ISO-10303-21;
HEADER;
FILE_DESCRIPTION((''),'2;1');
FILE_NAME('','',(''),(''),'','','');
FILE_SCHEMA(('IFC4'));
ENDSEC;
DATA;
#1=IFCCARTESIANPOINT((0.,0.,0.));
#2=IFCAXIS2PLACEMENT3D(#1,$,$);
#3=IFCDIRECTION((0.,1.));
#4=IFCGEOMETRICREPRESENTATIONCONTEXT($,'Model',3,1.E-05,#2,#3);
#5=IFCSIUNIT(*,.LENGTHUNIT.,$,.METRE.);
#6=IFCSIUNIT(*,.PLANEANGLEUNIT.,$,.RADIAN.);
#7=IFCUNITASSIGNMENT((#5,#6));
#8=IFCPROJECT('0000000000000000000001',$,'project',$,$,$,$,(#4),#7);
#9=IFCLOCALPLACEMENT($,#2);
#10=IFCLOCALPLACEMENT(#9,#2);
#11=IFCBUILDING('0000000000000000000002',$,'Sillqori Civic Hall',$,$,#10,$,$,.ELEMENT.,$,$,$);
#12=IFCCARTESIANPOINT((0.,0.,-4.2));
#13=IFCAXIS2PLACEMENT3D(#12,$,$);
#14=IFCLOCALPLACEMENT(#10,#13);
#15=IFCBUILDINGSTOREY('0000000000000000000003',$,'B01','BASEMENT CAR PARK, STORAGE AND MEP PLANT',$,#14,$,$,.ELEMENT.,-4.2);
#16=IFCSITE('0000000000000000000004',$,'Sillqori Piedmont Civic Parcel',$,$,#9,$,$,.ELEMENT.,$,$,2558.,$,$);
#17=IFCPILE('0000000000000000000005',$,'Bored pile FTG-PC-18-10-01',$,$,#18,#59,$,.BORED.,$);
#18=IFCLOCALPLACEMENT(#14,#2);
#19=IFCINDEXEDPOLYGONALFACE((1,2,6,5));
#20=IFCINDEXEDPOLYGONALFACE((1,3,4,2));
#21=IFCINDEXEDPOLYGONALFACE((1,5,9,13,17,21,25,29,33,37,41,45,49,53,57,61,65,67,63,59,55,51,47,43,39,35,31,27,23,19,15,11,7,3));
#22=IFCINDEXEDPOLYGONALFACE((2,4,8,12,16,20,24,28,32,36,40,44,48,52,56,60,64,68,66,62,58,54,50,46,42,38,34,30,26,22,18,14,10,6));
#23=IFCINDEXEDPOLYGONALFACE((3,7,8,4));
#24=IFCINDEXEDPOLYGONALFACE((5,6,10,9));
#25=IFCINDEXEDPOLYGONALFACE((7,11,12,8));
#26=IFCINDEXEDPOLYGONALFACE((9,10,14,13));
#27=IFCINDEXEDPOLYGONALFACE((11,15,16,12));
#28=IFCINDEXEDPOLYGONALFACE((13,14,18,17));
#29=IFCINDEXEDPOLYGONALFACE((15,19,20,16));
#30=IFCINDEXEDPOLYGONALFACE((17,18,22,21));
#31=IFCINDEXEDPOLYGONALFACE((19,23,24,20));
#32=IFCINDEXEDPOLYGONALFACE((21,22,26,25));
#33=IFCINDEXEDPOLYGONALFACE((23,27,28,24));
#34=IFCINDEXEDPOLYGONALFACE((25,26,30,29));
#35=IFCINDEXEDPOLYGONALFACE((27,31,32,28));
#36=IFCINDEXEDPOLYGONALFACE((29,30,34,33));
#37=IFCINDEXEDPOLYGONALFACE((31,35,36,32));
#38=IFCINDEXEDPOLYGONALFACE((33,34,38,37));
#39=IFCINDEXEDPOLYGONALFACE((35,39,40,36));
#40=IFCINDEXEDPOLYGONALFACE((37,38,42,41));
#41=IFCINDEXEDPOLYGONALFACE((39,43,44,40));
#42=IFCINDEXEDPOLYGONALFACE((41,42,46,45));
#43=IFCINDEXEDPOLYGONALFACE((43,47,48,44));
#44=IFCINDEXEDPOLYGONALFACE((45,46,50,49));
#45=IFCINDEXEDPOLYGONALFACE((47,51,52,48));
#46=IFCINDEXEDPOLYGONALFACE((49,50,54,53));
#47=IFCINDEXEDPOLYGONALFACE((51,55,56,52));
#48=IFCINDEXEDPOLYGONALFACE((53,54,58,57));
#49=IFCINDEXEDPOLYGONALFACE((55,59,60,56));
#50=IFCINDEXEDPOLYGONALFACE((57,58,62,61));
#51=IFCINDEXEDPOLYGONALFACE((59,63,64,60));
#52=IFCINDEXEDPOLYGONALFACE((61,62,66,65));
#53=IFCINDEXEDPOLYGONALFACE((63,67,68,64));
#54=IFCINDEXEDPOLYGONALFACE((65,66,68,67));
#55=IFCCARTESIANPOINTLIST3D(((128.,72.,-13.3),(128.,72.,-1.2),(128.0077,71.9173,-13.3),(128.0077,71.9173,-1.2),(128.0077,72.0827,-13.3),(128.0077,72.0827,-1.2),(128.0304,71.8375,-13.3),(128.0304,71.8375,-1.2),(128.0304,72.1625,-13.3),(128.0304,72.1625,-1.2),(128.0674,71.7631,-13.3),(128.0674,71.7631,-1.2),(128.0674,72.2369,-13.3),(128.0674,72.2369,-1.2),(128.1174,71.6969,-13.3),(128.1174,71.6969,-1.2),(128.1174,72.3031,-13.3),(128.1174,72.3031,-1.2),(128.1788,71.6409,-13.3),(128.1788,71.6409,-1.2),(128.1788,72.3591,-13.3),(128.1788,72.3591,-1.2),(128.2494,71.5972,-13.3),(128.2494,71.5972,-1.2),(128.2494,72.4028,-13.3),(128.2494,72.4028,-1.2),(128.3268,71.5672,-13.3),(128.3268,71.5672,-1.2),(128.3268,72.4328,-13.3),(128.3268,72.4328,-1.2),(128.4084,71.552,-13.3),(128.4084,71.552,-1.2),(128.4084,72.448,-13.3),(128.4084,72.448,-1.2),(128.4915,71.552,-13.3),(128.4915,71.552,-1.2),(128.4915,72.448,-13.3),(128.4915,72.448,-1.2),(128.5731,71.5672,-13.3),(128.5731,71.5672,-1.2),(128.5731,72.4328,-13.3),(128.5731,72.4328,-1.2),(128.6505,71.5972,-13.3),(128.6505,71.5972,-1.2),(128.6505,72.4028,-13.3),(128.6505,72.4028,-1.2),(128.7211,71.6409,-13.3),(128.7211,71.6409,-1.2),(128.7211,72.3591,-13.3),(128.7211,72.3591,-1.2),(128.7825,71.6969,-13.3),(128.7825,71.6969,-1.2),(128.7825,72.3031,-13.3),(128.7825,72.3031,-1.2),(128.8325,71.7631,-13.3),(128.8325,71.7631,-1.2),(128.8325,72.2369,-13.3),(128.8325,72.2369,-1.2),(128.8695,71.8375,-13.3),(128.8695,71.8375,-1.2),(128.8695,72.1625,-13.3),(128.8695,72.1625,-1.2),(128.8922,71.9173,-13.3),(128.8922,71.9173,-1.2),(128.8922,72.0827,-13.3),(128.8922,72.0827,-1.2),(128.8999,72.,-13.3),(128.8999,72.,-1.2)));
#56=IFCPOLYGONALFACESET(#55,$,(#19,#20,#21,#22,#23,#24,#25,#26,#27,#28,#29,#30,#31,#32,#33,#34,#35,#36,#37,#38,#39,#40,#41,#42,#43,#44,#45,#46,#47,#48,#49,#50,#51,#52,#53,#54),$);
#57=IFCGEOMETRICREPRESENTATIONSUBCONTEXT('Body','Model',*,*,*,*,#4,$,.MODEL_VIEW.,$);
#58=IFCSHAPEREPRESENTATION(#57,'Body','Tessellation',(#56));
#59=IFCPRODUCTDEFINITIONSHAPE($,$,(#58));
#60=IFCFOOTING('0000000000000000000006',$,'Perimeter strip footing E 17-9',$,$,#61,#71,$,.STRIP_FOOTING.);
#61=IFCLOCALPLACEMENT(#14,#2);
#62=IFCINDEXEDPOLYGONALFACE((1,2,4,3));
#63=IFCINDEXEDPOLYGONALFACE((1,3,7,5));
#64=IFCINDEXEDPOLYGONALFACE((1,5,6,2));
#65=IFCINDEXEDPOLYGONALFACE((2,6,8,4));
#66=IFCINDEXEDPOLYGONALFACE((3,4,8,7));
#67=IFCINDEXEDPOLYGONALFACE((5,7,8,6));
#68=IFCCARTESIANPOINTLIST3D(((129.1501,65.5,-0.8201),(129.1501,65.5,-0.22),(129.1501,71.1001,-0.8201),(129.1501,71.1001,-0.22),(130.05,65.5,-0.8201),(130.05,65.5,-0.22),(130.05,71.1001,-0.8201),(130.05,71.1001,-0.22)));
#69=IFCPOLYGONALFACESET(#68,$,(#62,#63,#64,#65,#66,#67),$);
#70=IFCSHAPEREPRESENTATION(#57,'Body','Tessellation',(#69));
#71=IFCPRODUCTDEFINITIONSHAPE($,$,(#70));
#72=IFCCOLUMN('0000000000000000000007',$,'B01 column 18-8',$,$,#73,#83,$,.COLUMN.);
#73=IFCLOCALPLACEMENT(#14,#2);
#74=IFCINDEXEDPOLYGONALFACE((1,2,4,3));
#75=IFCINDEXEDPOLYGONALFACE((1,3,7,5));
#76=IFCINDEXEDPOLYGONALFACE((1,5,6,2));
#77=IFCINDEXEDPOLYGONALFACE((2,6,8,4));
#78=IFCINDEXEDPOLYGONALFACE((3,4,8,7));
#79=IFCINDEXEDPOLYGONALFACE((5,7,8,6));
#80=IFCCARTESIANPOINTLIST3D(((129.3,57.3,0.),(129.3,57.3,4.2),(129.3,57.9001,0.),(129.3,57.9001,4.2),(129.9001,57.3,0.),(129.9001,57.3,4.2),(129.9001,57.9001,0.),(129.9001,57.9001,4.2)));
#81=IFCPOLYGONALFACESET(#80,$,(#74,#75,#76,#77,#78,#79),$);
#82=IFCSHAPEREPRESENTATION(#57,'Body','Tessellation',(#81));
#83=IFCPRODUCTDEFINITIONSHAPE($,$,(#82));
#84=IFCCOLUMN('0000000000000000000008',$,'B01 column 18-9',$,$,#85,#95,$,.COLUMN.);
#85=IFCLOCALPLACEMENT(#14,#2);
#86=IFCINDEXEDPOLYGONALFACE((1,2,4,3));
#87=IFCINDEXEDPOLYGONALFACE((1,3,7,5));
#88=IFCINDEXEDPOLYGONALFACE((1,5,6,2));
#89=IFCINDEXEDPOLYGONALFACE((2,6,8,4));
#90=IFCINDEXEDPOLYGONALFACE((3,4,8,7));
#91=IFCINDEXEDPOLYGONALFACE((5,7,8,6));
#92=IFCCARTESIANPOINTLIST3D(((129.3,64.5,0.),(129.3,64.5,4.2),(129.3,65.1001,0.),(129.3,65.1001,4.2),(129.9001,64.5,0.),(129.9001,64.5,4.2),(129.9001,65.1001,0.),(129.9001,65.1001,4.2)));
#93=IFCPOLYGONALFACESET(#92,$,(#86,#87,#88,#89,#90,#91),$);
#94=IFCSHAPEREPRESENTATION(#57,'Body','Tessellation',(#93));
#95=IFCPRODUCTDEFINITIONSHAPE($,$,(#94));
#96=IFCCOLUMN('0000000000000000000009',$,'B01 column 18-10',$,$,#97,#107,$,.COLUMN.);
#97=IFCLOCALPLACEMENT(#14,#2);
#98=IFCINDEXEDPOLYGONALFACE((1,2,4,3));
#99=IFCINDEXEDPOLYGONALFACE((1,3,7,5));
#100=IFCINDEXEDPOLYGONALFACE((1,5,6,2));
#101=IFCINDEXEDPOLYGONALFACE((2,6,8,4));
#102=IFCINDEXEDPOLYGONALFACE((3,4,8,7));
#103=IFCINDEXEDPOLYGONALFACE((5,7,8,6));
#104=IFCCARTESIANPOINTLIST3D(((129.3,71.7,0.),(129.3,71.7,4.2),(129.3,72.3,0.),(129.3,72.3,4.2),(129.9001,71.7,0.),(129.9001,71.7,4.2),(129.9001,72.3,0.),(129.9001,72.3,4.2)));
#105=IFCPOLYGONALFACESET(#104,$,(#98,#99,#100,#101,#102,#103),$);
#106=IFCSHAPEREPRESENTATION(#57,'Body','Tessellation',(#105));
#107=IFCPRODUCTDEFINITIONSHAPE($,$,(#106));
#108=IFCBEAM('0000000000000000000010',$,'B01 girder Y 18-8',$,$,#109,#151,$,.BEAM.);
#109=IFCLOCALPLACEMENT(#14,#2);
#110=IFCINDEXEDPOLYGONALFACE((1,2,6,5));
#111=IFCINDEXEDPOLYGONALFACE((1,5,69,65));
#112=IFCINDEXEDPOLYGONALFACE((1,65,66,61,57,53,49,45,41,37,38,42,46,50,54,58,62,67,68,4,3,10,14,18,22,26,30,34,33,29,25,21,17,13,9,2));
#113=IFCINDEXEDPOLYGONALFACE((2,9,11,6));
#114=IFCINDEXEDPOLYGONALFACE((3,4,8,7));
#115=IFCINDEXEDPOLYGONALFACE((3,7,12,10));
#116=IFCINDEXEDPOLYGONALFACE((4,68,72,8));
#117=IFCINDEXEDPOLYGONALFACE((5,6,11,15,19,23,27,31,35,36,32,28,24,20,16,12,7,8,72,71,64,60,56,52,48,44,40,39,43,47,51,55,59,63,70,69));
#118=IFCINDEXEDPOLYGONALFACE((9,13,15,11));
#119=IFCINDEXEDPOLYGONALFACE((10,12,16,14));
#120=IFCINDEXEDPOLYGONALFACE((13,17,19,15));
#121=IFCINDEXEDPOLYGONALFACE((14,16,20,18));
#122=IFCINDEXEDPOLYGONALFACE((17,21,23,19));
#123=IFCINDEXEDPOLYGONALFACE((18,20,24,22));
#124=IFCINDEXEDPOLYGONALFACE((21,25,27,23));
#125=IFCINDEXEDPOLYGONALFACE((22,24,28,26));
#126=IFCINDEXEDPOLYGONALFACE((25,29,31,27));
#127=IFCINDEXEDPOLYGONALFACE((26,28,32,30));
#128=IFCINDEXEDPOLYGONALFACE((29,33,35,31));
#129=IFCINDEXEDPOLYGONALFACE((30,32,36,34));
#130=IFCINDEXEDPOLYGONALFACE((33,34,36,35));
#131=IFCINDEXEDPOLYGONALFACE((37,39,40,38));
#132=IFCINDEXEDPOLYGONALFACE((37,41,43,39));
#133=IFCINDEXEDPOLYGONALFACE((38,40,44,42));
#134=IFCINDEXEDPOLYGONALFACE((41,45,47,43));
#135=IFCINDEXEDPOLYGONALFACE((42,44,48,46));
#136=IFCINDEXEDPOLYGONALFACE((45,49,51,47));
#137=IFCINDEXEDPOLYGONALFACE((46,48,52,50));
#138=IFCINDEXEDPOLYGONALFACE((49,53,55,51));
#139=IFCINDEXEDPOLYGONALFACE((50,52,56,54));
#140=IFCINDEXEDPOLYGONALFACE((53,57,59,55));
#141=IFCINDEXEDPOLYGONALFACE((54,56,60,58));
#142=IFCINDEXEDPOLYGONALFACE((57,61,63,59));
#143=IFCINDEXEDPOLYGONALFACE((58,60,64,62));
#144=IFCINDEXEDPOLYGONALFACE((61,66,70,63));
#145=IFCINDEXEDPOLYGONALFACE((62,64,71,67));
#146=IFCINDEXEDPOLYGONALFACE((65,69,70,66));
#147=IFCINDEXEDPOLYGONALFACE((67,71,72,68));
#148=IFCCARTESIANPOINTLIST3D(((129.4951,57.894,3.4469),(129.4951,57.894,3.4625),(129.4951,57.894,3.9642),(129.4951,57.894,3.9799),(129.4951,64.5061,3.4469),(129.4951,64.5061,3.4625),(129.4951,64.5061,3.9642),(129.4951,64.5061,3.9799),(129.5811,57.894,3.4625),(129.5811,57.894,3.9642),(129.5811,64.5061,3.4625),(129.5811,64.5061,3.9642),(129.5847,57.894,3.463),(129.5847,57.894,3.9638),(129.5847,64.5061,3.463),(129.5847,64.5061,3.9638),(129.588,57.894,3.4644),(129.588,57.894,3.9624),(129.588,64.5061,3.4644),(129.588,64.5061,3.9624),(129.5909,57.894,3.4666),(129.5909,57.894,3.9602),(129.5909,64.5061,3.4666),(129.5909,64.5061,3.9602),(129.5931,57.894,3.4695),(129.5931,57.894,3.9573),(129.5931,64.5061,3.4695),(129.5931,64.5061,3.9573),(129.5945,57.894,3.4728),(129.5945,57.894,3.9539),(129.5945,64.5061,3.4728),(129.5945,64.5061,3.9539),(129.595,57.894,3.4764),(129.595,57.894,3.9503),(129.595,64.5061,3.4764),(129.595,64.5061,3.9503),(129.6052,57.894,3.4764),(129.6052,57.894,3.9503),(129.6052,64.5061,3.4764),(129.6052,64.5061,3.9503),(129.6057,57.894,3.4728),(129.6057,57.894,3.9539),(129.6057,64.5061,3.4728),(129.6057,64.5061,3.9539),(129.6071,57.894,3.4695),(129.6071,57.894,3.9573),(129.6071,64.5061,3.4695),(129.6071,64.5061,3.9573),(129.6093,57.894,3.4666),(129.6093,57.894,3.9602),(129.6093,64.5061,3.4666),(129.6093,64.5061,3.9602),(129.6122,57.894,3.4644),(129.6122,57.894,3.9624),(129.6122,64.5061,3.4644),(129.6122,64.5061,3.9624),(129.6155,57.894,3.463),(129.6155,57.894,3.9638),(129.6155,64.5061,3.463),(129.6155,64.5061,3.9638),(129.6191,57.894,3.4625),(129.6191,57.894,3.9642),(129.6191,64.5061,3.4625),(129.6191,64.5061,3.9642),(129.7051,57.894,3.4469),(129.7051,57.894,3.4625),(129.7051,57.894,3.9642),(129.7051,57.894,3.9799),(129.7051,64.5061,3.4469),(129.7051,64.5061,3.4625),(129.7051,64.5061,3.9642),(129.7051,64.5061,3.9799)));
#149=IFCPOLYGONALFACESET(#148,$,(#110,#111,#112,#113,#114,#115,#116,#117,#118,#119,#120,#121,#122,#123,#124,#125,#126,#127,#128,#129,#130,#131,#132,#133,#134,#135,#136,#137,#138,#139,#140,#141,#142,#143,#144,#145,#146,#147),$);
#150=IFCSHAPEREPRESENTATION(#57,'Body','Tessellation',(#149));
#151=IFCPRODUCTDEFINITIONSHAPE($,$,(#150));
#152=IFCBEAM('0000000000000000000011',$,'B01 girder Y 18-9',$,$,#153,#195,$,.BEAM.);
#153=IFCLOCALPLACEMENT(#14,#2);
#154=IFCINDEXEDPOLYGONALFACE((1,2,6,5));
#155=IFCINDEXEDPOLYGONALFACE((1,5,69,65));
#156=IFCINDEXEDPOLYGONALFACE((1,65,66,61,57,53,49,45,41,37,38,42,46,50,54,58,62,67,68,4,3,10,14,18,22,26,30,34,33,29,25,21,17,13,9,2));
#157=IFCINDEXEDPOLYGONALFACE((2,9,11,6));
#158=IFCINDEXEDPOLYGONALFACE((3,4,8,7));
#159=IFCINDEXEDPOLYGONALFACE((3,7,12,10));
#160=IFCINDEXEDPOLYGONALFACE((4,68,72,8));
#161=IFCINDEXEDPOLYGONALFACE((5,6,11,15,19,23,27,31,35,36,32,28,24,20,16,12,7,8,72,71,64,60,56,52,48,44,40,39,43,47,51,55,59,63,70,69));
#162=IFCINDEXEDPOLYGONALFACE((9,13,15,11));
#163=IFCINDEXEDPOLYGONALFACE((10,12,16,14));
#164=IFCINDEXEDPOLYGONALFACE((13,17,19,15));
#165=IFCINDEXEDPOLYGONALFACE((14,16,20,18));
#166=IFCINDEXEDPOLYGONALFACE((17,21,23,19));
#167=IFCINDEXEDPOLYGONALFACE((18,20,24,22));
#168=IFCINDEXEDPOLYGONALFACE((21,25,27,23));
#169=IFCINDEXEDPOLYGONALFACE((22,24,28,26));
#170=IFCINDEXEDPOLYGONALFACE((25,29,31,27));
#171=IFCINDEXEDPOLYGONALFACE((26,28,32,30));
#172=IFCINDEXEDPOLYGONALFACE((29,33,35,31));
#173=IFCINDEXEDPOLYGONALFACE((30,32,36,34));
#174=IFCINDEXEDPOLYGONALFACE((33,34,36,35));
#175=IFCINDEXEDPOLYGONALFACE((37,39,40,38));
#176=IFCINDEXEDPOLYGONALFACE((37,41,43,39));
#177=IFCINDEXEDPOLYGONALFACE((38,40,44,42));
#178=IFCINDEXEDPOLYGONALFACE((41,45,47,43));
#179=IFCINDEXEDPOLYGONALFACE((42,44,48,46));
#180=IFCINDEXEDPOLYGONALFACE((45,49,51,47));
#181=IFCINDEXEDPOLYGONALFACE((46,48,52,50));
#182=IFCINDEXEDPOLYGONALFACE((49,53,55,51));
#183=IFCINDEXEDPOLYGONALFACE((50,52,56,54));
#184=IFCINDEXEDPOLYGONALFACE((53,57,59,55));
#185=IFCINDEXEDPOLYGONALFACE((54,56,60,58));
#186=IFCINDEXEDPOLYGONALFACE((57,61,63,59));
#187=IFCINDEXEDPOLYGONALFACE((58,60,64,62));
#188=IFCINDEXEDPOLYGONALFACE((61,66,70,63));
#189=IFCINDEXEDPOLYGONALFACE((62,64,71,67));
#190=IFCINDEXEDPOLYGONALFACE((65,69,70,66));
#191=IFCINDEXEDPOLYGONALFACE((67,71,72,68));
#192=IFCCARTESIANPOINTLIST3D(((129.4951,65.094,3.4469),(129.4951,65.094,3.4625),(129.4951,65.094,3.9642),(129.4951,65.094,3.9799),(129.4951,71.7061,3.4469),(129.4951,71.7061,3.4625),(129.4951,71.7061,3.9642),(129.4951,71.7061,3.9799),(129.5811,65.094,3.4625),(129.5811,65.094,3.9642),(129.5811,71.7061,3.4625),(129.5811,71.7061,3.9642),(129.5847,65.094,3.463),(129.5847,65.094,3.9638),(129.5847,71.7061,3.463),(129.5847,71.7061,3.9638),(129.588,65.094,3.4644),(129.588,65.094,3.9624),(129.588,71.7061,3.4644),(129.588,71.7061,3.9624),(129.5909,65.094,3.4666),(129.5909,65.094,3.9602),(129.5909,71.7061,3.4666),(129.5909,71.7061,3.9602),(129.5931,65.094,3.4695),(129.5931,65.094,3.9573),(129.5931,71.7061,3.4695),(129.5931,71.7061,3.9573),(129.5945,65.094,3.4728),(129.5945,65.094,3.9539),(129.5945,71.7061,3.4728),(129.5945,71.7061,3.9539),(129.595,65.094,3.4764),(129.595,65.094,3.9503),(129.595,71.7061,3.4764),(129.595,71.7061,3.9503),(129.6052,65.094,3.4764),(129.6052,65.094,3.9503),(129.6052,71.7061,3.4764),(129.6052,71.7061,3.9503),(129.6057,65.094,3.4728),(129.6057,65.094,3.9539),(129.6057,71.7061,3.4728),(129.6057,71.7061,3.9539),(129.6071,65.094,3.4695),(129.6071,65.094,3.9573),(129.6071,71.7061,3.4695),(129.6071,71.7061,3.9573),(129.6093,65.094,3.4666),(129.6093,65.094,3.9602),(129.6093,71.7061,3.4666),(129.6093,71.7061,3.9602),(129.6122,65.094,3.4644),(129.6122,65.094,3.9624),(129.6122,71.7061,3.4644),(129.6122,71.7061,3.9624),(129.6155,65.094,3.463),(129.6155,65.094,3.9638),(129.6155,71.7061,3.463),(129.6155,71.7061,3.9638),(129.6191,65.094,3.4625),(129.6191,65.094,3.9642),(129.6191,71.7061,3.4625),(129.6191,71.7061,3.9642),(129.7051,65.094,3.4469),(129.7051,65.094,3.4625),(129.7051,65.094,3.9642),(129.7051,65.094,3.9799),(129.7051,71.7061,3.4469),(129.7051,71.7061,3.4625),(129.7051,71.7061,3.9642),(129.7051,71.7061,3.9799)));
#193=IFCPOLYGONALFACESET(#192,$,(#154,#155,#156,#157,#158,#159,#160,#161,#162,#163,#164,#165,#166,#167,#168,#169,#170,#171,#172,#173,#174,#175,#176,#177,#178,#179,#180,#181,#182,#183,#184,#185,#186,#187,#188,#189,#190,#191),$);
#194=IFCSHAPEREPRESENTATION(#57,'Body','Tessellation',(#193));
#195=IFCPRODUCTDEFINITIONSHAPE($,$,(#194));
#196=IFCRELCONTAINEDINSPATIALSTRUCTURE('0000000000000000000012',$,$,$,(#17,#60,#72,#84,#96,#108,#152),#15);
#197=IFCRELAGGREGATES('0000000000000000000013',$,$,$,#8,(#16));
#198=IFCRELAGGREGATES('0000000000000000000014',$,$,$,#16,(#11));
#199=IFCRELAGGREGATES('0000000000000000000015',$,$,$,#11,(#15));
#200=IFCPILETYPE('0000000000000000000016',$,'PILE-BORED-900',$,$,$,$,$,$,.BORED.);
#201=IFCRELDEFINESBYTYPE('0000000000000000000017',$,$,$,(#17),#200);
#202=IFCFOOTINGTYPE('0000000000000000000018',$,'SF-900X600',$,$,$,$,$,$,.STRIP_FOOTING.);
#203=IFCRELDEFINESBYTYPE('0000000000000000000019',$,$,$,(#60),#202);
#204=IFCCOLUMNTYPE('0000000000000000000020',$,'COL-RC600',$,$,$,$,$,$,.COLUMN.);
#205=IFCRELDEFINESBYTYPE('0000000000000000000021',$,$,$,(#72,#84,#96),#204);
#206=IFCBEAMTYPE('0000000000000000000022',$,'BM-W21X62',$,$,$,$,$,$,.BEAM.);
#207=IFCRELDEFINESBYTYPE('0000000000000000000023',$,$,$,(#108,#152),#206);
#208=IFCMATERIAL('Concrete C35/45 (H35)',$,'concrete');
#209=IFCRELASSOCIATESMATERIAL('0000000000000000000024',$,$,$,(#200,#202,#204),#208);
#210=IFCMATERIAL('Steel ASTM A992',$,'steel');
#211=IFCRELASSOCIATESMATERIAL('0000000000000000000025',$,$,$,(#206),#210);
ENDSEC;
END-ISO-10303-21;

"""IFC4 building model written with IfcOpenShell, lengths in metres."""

from ifc_helpers import new_model, si_unit, direction, frame, origin, origin_2d, place, context, subcontext, project, spatial, rectangle, circle, i_section, extrude, material, material_profile, profile_set, type_object, element, save


model = new_model("IFC4")

# Units and contexts
model_context = context("Model", 3, precision=1e-05, world=origin(), true_north=direction((0.0, 1.0)))
body_context = subcontext(model_context, "Body", "Model", "MODEL_VIEW")
ifc_project = project(units=[si_unit("LENGTHUNIT", "METRE"), si_unit("PLANEANGLEUNIT", "RADIAN")], contexts=[model_context])

# Site, building, storey
site_placement = place(None, origin())
site = spatial("IfcSite", under=ifc_project, at=site_placement, Name="Sillqori Piedmont Civic Parcel", CompositionType="ELEMENT", RefElevation=2558.0)
building_placement = place(site_placement, origin())
building = spatial("IfcBuilding", under=site, at=building_placement, Name="Sillqori Civic Hall", CompositionType="ELEMENT")
storey_placement = place(building_placement, frame((0.0, 0.0, -4.2)))
storey = spatial("IfcBuildingStorey", under=building, at=storey_placement, Name="B01", Description="BASEMENT CAR PARK, STORAGE AND MEP PLANT", CompositionType="ELEMENT", Elevation=-4.2)

# Shared definitions
ifc_material_1 = material(Name="Concrete C35/45 (H35)", Category="concrete")

# Pile
ifc_material_profile_1 = material_profile(ifc_material_1, circle(Radius=0.45, at=origin_2d()), Name="BORED PILE 900")
ifc_profile_set_1 = profile_set([ifc_material_profile_1], Name="Concrete C35/45 (H35)")
pile_type = type_object("IfcPileType", Name="PILE-BORED-900", PredefinedType="BORED", material=ifc_profile_set_1)
for number, where, z_axis, x_axis, name in (
    (1, (128.45, 72.0, -1.2), (0.0, 0.0, -1.0), (1.0, 0.0, 0.0), "Bored pile FTG-PC-18-10-01"),
):
    element("IfcPile", number, at=place(storey_placement, frame(where, z_axis=z_axis, x_axis=x_axis)), inside=storey, type_object=pile_type, Name=name, PredefinedType="BORED", context=body_context, shape_type="SweptSolid", body=[
        extrude(circle(Radius=0.45, at=origin_2d()), origin(), (0.0, 0.0, 1.0), 12.1001),
    ])

# Footing
footing_type_1 = type_object("IfcFootingType", Name="SF-900X600", PredefinedType="STRIP_FOOTING", material=ifc_material_1)
footing_1_placement = place(storey_placement, frame((129.6001, 68.3, -0.8201), z_axis=(0.0, 0.0, 1.0), x_axis=(1.0, 0.0, 0.0)))
element("IfcFooting", 2, at=footing_1_placement, inside=storey, type_object=footing_type_1, Name="Perimeter strip footing E 17-9", PredefinedType="STRIP_FOOTING", context=body_context, shape_type="SweptSolid", body=[
    extrude(rectangle(XDim=0.8999, YDim=5.6001, at=origin_2d()), origin(), (0.0, 0.0, 1.0), 0.6001),
])

# Columns
ifc_material_profile_2 = material_profile(ifc_material_1, rectangle(XDim=0.6001, YDim=0.6001, at=origin_2d()), Name="RC 600x600")
ifc_profile_set_2 = profile_set([ifc_material_profile_2], Name="Concrete C35/45 (H35)")
column_type = type_object("IfcColumnType", Name="COL-RC600", PredefinedType="COLUMN", material=ifc_profile_set_2)
for number, where, z_axis, x_axis, name in (
    (3, (129.6001, 57.6001, 0.0), (0.0, 0.0, 1.0), (1.0, 0.0, 0.0), "B01 column 18-8"),
    (4, (129.6001, 64.8, 0.0), (0.0, 0.0, 1.0), (1.0, 0.0, 0.0), "B01 column 18-9"),
    (5, (129.6001, 72.0, 0.0), (0.0, 0.0, 1.0), (1.0, 0.0, 0.0), "B01 column 18-10"),
):
    element("IfcColumn", number, at=place(storey_placement, frame(where, z_axis=z_axis, x_axis=x_axis)), inside=storey, type_object=column_type, Name=name, PredefinedType="COLUMN", context=body_context, shape_type="SweptSolid", body=[
        extrude(rectangle(XDim=0.6001, YDim=0.6001, at=origin_2d()), origin(), (0.0, 0.0, 1.0), 4.2),
    ])

# Beams
ifc_material_2 = material(Name="Steel ASTM A992", Category="steel")
ifc_material_profile_3 = material_profile(ifc_material_2, i_section(OverallWidth=0.21, OverallDepth=0.533, WebThickness=0.0103, FlangeThickness=0.0156, FilletRadius=0.0139, at=origin_2d()), Name="W21X62")
ifc_profile_set_3 = profile_set([ifc_material_profile_3], Name="Steel ASTM A992")
beam_type_1 = type_object("IfcBeamType", Name="BM-W21X62", PredefinedType="BEAM", material=ifc_profile_set_3)
for number, where, z_axis, x_axis, name in (
    (6, (129.6001, 57.894, 3.7134), (0.0, 1.0, 0.0), (-1.0, 0.0, 0.0), "B01 girder Y 18-8"),
    (7, (129.6001, 65.094, 3.7134), (0.0, 1.0, 0.0), (-1.0, 0.0, 0.0), "B01 girder Y 18-9"),
):
    element("IfcBeam", number, at=place(storey_placement, frame(where, z_axis=z_axis, x_axis=x_axis)), inside=storey, type_object=beam_type_1, Name=name, PredefinedType="BEAM", context=body_context, shape_type="SweptSolid", body=[
        extrude(i_section(OverallWidth=0.21, OverallDepth=0.533, WebThickness=0.0103, FlangeThickness=0.0156, FilletRadius=0.0139, at=origin_2d()), origin(), (0.0, 0.0, 1.0), 6.6121),
    ])

save(model, "model.ifc")
